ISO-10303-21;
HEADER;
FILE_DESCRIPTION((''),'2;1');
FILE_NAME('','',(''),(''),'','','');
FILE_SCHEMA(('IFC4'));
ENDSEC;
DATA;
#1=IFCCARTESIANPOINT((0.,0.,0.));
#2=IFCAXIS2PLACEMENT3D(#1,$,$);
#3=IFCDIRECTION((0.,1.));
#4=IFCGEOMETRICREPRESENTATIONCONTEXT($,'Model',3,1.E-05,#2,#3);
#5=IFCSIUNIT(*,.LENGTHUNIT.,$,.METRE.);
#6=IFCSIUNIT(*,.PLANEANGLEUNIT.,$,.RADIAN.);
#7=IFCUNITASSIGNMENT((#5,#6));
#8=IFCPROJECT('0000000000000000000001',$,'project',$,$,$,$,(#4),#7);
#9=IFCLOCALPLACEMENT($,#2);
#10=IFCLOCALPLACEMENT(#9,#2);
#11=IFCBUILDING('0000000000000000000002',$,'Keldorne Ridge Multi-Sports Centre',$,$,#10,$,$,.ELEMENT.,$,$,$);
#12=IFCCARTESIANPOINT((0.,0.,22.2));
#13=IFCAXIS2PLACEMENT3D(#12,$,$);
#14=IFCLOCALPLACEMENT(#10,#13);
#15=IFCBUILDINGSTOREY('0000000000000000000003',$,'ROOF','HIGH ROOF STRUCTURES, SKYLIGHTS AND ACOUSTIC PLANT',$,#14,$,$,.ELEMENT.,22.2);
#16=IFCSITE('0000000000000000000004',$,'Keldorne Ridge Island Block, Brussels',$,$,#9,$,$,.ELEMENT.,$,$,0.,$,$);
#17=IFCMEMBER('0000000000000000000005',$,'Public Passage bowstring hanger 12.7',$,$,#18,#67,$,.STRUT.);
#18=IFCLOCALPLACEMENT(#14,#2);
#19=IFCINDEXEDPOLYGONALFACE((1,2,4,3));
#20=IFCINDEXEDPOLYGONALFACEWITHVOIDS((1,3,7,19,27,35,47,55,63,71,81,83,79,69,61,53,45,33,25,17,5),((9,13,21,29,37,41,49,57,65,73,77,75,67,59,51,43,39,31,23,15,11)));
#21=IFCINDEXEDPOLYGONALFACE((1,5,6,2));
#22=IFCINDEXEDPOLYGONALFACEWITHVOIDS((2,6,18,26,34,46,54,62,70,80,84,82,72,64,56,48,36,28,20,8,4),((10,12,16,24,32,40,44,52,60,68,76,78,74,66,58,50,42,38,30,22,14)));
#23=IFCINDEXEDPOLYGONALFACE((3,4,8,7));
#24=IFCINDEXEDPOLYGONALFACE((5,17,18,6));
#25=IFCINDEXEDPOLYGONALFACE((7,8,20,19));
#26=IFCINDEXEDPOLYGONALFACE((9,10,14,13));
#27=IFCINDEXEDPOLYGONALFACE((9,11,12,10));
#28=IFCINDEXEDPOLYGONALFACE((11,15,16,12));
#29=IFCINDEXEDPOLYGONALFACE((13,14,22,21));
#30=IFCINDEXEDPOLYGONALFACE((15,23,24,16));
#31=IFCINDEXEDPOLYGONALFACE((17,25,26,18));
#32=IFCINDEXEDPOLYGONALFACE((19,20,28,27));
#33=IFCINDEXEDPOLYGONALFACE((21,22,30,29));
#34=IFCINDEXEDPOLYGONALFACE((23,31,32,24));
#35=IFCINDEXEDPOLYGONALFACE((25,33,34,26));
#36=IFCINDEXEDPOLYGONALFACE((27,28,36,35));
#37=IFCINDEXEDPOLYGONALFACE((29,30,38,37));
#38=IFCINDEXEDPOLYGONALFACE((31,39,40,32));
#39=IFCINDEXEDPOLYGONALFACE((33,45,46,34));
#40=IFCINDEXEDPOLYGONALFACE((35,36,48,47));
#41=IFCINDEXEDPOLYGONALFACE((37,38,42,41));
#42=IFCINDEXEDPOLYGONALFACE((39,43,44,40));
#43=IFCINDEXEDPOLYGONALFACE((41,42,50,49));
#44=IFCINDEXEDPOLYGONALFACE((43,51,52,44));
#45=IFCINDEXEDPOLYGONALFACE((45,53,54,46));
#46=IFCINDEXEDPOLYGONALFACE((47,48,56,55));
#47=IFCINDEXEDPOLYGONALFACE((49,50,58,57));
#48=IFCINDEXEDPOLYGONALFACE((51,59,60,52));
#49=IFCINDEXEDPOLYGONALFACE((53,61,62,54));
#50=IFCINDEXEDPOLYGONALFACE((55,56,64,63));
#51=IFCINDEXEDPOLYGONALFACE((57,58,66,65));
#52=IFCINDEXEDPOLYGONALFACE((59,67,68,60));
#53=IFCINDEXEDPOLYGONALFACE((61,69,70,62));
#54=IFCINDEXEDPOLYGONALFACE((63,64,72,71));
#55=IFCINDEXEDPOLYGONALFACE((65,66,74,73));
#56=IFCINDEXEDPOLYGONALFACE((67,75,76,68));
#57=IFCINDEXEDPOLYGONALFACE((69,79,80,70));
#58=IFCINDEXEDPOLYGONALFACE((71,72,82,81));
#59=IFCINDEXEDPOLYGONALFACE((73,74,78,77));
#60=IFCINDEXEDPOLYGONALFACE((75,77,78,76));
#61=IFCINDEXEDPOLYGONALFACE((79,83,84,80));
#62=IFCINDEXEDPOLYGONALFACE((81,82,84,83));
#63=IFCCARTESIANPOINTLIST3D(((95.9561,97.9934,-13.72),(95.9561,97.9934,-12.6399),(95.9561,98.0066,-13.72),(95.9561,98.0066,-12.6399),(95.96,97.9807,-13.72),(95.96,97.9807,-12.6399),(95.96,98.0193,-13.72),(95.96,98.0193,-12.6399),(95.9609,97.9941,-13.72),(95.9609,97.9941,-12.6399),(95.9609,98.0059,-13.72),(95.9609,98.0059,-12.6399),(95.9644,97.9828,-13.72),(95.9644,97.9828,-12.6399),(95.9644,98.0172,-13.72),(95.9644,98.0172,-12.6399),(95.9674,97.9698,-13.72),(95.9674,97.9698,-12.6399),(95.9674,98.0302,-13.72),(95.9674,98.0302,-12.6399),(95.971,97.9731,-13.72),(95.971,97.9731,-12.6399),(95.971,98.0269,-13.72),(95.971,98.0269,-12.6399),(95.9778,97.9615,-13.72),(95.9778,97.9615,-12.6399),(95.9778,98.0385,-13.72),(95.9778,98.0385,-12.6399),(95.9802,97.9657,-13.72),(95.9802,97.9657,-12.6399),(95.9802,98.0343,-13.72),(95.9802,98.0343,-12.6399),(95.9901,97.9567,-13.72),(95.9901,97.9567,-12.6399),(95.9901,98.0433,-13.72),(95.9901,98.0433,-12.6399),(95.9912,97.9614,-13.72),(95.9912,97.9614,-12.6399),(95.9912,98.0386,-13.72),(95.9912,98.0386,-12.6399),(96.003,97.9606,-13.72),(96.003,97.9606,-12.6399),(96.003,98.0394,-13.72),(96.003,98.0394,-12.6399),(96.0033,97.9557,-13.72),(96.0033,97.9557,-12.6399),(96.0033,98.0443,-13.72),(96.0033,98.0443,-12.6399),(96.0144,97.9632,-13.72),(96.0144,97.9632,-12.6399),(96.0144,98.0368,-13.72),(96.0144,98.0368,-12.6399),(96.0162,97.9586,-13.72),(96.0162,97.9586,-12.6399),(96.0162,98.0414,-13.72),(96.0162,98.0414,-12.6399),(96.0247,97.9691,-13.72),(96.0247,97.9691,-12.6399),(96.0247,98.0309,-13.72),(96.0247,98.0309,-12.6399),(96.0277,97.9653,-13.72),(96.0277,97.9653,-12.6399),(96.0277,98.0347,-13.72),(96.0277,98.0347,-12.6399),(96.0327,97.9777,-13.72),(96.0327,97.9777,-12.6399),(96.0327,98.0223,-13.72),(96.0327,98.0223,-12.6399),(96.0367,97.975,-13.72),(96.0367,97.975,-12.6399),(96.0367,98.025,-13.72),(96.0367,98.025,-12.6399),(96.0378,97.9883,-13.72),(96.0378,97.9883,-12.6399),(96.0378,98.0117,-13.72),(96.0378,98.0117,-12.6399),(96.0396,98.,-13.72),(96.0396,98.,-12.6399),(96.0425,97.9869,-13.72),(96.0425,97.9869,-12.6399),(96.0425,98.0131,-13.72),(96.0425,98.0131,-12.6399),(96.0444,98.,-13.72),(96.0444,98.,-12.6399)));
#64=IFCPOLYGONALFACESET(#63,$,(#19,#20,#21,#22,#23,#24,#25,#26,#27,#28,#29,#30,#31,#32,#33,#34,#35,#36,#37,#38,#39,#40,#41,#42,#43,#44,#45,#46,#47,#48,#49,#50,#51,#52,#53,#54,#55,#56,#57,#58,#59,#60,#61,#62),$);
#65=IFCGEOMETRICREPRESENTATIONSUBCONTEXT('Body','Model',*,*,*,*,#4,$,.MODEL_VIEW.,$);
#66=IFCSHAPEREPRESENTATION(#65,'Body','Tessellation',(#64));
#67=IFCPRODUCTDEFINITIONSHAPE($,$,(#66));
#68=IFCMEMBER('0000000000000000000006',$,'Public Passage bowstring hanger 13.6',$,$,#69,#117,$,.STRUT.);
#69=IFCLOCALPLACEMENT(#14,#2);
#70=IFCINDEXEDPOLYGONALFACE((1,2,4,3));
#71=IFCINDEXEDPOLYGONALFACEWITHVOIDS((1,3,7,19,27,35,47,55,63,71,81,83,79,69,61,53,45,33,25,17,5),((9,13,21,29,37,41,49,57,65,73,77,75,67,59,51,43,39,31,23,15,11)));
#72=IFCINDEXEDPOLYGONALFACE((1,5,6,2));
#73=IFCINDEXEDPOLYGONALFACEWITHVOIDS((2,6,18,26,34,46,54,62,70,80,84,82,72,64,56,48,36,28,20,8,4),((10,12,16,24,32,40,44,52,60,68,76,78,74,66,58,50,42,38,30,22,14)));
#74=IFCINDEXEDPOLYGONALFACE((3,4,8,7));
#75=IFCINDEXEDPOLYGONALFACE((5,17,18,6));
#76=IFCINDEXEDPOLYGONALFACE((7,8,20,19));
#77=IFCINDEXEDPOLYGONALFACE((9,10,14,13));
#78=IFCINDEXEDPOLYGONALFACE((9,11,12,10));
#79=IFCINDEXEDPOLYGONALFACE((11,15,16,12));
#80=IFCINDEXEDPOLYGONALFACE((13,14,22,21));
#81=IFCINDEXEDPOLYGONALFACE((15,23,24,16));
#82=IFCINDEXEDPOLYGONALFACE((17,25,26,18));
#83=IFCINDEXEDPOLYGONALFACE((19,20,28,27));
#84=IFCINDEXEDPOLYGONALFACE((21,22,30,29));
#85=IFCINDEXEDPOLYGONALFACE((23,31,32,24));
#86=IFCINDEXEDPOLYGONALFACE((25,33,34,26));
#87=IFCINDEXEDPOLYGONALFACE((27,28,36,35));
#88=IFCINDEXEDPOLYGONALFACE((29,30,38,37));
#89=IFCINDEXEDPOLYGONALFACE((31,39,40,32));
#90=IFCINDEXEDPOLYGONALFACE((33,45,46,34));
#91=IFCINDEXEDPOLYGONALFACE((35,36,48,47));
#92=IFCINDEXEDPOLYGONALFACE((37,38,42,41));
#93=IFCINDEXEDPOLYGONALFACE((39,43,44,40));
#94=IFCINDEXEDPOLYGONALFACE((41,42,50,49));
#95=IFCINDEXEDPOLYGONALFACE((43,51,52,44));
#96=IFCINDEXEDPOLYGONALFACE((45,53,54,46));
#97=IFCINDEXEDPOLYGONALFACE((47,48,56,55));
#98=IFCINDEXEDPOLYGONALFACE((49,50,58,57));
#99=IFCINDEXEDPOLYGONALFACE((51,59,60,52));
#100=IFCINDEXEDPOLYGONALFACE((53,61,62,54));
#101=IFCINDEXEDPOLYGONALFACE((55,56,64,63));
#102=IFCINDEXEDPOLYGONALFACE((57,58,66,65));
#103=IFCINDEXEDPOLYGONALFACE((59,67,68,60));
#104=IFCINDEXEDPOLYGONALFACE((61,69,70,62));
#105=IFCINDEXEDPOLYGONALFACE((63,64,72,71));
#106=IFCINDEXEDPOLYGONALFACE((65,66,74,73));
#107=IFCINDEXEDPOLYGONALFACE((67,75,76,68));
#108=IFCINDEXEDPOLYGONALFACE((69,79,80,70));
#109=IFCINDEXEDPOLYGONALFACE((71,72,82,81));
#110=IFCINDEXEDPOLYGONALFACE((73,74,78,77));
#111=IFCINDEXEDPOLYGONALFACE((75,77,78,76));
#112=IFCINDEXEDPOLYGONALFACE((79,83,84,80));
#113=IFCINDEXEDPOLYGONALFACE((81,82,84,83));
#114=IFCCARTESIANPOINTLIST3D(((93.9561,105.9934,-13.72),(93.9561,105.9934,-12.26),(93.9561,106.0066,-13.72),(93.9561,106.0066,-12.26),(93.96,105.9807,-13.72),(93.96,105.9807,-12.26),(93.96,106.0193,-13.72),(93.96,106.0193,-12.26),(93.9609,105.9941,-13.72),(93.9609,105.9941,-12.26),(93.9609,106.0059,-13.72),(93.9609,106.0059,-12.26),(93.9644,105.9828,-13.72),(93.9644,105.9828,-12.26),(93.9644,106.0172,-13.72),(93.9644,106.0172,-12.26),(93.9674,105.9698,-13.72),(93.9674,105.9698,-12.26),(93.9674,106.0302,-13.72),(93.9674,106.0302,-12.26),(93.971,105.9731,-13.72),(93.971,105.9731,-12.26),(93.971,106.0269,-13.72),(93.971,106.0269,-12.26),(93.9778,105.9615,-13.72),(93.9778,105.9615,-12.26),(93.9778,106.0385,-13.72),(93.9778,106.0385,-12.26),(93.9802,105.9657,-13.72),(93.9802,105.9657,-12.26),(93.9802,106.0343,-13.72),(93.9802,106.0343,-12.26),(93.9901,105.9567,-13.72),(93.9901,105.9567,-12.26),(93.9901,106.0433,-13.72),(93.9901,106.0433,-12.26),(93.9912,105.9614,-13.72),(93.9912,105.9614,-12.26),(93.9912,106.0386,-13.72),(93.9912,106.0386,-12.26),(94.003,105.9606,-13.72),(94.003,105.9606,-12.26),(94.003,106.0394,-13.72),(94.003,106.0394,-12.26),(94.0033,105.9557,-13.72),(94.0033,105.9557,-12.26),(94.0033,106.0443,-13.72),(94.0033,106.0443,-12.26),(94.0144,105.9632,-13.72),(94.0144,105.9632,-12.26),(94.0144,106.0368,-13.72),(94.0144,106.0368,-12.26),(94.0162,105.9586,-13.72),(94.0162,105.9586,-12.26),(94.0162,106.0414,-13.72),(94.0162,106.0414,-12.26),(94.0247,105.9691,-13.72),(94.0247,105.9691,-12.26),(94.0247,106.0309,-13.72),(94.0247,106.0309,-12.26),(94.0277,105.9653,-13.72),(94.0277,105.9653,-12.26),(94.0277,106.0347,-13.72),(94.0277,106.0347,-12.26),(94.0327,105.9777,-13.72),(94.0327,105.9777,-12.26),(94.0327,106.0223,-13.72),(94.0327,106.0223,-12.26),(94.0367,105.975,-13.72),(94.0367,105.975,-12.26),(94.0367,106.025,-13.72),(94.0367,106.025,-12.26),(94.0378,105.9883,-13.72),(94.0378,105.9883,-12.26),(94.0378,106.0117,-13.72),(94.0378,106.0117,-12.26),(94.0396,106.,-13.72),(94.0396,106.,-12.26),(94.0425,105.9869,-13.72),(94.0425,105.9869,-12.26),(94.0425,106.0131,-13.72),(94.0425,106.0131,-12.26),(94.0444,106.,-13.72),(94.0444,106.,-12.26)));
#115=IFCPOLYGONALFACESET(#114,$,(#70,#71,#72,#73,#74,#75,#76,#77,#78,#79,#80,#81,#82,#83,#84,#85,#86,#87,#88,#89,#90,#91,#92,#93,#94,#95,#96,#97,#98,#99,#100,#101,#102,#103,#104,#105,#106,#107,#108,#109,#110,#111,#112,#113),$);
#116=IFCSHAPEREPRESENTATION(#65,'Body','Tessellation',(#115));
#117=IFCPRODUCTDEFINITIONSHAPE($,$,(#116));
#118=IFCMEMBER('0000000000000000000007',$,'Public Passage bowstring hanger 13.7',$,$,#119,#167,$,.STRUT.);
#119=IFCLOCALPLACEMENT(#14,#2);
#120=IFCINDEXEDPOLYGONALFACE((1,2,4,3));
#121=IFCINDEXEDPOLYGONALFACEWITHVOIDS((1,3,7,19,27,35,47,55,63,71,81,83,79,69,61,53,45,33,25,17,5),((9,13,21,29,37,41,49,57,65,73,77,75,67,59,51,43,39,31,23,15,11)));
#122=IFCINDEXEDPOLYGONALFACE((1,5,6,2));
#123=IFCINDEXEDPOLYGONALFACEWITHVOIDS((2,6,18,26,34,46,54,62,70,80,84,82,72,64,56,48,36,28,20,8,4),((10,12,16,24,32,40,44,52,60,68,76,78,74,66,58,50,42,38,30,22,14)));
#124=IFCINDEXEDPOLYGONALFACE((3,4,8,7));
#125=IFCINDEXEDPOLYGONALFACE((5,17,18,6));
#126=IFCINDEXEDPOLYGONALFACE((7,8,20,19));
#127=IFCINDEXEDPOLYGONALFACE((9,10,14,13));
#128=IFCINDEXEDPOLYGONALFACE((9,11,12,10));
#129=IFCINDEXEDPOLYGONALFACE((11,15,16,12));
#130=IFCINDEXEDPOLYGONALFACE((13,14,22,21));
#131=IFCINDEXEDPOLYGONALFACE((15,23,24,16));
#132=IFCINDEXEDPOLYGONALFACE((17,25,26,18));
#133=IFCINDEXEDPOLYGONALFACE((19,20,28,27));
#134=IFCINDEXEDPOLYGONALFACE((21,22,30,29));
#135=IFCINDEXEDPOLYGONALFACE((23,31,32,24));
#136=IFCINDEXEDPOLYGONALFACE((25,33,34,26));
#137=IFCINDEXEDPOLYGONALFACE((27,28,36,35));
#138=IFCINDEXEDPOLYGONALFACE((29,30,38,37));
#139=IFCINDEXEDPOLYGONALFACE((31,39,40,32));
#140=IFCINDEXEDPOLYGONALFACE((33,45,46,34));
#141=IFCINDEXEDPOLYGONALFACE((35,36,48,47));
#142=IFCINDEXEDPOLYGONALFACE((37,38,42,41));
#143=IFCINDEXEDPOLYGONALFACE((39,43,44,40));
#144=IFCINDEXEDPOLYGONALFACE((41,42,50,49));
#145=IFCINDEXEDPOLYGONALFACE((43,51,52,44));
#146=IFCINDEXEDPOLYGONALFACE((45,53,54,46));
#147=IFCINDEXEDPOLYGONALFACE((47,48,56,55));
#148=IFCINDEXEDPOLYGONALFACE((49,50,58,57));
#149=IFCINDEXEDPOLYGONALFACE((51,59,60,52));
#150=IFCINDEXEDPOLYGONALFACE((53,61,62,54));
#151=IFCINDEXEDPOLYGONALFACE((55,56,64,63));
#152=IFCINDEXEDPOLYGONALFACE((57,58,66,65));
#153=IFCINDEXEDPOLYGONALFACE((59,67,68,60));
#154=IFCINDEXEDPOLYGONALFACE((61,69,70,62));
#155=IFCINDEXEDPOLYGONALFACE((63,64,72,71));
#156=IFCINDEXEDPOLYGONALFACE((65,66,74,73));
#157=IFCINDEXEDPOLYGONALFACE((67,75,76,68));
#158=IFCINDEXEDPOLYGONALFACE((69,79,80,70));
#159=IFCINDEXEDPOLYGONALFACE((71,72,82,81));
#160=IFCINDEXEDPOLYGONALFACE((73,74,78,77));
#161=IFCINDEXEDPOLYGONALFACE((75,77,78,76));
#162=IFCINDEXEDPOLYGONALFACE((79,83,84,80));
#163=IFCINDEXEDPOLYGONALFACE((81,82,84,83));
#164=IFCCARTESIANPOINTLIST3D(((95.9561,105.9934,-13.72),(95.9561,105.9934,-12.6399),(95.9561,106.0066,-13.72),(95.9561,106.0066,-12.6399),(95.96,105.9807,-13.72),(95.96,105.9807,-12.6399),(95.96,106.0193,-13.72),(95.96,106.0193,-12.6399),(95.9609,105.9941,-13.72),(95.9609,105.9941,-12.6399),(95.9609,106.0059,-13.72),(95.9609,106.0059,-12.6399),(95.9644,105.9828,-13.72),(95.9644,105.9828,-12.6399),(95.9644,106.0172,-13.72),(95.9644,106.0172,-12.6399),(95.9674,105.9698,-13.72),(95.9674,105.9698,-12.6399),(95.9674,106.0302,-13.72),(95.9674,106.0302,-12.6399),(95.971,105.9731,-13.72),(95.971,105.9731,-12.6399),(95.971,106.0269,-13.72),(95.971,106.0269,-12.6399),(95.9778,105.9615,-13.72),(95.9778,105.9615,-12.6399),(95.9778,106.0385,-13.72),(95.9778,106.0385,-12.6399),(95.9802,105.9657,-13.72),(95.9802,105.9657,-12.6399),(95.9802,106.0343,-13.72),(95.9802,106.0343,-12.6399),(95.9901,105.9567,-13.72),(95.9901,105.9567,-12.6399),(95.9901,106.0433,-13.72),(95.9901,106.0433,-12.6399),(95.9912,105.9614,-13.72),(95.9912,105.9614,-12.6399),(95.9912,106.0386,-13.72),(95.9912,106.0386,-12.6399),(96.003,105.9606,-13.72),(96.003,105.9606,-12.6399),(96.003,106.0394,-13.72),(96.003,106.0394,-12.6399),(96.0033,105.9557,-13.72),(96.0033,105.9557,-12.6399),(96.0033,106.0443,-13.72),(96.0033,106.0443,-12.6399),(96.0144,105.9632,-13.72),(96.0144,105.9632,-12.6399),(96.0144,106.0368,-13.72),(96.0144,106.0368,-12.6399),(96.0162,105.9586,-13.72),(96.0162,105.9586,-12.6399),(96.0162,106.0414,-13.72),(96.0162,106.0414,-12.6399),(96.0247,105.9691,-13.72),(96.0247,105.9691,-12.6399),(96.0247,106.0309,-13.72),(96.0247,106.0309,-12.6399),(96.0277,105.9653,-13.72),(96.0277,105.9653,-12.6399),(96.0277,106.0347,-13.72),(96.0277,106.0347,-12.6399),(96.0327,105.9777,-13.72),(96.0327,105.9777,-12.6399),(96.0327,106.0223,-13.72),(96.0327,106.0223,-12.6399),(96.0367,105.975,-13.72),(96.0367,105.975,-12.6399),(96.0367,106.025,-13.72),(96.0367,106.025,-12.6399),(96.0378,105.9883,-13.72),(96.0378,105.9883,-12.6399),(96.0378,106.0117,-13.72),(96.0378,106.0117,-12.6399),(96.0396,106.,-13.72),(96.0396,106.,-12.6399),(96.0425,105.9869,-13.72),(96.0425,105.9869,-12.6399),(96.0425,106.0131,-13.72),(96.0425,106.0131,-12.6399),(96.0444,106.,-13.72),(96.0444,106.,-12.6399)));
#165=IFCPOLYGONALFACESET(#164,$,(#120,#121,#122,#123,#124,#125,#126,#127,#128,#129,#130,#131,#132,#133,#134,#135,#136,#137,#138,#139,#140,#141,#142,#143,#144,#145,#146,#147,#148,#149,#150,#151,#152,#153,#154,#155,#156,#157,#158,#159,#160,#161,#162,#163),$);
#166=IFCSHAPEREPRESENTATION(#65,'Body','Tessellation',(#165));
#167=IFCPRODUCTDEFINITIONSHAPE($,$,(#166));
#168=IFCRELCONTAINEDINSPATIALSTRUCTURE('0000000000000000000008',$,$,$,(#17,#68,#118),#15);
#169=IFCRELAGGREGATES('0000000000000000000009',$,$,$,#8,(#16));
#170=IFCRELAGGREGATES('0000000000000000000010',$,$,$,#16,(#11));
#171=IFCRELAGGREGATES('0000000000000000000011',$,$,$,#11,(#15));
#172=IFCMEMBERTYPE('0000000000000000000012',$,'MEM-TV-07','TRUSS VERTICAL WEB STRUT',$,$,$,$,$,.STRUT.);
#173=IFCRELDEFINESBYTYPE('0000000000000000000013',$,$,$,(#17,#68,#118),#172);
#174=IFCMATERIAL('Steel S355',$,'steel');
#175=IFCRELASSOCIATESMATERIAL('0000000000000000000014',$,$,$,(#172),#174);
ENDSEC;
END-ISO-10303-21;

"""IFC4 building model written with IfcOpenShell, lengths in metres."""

from ifc_helpers import new_model, si_unit, direction, frame, origin, origin_2d, place, context, subcontext, project, spatial, hollow_circle, extrude, material, material_profile, profile_set, type_object, element, save


model = new_model("IFC4")

# Units and contexts
model_context = context("Model", 3, precision=1e-05, world=origin(), true_north=direction((0.0, 1.0)))
body_context = subcontext(model_context, "Body", "Model", "MODEL_VIEW")
ifc_project = project(units=[si_unit("LENGTHUNIT", "METRE"), si_unit("PLANEANGLEUNIT", "RADIAN")], contexts=[model_context])

# Site, building, storey
site_placement = place(None, origin())
site = spatial("IfcSite", under=ifc_project, at=site_placement, Name="Keldorne Ridge Island Block, Brussels", CompositionType="ELEMENT", RefElevation=0.0)
building_placement = place(site_placement, origin())
building = spatial("IfcBuilding", under=site, at=building_placement, Name="Keldorne Ridge Multi-Sports Centre", CompositionType="ELEMENT")
storey_placement = place(building_placement, frame((0.0, 0.0, 22.2)))
storey = spatial("IfcBuildingStorey", under=building, at=storey_placement, Name="ROOF", Description="HIGH ROOF STRUCTURES, SKYLIGHTS AND ACOUSTIC PLANT", CompositionType="ELEMENT", Elevation=22.2)

# Shared definitions
ifc_material_1 = material(Name="Steel S355", Category="steel")

# Members
ifc_material_profile_1 = material_profile(ifc_material_1, hollow_circle(Radius=0.0444, WallThickness=0.0049, at=origin_2d()), Name="CHS 88.9x5")
ifc_profile_set_1 = profile_set([ifc_material_profile_1], Name="Steel S355")
member_type_1 = type_object("IfcMemberType", Name="MEM-TV-07", Description="TRUSS VERTICAL WEB STRUT", PredefinedType="STRUT", material=ifc_profile_set_1)
member_1_placement = place(storey_placement, frame((96.0, 98.0, -13.72), z_axis=(0.0, 0.0, 1.0), x_axis=(1.0, 0.0, 0.0)))
element("IfcMember", 1, at=member_1_placement, inside=storey, type_object=member_type_1, Name="Public Passage bowstring hanger 12.7", PredefinedType="STRUT", context=body_context, shape_type="SweptSolid", body=[
    extrude(hollow_circle(Radius=0.0444, WallThickness=0.0049, at=origin_2d()), origin(), (0.0, 0.0, 1.0), 1.0801),
])
member_2_placement = place(storey_placement, frame((94.0, 106.0, -13.72), z_axis=(0.0, 0.0, 1.0), x_axis=(1.0, 0.0, 0.0)))
element("IfcMember", 2, at=member_2_placement, inside=storey, type_object=member_type_1, Name="Public Passage bowstring hanger 13.6", PredefinedType="STRUT", context=body_context, shape_type="SweptSolid", body=[
    extrude(hollow_circle(Radius=0.0444, WallThickness=0.0049, at=origin_2d()), origin(), (0.0, 0.0, 1.0), 1.46),
])
member_3_placement = place(storey_placement, frame((96.0, 106.0, -13.72), z_axis=(0.0, 0.0, 1.0), x_axis=(1.0, 0.0, 0.0)))
element("IfcMember", 3, at=member_3_placement, inside=storey, type_object=member_type_1, Name="Public Passage bowstring hanger 13.7", PredefinedType="STRUT", context=body_context, shape_type="SweptSolid", body=[
    extrude(hollow_circle(Radius=0.0444, WallThickness=0.0049, at=origin_2d()), origin(), (0.0, 0.0, 1.0), 1.0801),
])

save(model, "model.ifc")
